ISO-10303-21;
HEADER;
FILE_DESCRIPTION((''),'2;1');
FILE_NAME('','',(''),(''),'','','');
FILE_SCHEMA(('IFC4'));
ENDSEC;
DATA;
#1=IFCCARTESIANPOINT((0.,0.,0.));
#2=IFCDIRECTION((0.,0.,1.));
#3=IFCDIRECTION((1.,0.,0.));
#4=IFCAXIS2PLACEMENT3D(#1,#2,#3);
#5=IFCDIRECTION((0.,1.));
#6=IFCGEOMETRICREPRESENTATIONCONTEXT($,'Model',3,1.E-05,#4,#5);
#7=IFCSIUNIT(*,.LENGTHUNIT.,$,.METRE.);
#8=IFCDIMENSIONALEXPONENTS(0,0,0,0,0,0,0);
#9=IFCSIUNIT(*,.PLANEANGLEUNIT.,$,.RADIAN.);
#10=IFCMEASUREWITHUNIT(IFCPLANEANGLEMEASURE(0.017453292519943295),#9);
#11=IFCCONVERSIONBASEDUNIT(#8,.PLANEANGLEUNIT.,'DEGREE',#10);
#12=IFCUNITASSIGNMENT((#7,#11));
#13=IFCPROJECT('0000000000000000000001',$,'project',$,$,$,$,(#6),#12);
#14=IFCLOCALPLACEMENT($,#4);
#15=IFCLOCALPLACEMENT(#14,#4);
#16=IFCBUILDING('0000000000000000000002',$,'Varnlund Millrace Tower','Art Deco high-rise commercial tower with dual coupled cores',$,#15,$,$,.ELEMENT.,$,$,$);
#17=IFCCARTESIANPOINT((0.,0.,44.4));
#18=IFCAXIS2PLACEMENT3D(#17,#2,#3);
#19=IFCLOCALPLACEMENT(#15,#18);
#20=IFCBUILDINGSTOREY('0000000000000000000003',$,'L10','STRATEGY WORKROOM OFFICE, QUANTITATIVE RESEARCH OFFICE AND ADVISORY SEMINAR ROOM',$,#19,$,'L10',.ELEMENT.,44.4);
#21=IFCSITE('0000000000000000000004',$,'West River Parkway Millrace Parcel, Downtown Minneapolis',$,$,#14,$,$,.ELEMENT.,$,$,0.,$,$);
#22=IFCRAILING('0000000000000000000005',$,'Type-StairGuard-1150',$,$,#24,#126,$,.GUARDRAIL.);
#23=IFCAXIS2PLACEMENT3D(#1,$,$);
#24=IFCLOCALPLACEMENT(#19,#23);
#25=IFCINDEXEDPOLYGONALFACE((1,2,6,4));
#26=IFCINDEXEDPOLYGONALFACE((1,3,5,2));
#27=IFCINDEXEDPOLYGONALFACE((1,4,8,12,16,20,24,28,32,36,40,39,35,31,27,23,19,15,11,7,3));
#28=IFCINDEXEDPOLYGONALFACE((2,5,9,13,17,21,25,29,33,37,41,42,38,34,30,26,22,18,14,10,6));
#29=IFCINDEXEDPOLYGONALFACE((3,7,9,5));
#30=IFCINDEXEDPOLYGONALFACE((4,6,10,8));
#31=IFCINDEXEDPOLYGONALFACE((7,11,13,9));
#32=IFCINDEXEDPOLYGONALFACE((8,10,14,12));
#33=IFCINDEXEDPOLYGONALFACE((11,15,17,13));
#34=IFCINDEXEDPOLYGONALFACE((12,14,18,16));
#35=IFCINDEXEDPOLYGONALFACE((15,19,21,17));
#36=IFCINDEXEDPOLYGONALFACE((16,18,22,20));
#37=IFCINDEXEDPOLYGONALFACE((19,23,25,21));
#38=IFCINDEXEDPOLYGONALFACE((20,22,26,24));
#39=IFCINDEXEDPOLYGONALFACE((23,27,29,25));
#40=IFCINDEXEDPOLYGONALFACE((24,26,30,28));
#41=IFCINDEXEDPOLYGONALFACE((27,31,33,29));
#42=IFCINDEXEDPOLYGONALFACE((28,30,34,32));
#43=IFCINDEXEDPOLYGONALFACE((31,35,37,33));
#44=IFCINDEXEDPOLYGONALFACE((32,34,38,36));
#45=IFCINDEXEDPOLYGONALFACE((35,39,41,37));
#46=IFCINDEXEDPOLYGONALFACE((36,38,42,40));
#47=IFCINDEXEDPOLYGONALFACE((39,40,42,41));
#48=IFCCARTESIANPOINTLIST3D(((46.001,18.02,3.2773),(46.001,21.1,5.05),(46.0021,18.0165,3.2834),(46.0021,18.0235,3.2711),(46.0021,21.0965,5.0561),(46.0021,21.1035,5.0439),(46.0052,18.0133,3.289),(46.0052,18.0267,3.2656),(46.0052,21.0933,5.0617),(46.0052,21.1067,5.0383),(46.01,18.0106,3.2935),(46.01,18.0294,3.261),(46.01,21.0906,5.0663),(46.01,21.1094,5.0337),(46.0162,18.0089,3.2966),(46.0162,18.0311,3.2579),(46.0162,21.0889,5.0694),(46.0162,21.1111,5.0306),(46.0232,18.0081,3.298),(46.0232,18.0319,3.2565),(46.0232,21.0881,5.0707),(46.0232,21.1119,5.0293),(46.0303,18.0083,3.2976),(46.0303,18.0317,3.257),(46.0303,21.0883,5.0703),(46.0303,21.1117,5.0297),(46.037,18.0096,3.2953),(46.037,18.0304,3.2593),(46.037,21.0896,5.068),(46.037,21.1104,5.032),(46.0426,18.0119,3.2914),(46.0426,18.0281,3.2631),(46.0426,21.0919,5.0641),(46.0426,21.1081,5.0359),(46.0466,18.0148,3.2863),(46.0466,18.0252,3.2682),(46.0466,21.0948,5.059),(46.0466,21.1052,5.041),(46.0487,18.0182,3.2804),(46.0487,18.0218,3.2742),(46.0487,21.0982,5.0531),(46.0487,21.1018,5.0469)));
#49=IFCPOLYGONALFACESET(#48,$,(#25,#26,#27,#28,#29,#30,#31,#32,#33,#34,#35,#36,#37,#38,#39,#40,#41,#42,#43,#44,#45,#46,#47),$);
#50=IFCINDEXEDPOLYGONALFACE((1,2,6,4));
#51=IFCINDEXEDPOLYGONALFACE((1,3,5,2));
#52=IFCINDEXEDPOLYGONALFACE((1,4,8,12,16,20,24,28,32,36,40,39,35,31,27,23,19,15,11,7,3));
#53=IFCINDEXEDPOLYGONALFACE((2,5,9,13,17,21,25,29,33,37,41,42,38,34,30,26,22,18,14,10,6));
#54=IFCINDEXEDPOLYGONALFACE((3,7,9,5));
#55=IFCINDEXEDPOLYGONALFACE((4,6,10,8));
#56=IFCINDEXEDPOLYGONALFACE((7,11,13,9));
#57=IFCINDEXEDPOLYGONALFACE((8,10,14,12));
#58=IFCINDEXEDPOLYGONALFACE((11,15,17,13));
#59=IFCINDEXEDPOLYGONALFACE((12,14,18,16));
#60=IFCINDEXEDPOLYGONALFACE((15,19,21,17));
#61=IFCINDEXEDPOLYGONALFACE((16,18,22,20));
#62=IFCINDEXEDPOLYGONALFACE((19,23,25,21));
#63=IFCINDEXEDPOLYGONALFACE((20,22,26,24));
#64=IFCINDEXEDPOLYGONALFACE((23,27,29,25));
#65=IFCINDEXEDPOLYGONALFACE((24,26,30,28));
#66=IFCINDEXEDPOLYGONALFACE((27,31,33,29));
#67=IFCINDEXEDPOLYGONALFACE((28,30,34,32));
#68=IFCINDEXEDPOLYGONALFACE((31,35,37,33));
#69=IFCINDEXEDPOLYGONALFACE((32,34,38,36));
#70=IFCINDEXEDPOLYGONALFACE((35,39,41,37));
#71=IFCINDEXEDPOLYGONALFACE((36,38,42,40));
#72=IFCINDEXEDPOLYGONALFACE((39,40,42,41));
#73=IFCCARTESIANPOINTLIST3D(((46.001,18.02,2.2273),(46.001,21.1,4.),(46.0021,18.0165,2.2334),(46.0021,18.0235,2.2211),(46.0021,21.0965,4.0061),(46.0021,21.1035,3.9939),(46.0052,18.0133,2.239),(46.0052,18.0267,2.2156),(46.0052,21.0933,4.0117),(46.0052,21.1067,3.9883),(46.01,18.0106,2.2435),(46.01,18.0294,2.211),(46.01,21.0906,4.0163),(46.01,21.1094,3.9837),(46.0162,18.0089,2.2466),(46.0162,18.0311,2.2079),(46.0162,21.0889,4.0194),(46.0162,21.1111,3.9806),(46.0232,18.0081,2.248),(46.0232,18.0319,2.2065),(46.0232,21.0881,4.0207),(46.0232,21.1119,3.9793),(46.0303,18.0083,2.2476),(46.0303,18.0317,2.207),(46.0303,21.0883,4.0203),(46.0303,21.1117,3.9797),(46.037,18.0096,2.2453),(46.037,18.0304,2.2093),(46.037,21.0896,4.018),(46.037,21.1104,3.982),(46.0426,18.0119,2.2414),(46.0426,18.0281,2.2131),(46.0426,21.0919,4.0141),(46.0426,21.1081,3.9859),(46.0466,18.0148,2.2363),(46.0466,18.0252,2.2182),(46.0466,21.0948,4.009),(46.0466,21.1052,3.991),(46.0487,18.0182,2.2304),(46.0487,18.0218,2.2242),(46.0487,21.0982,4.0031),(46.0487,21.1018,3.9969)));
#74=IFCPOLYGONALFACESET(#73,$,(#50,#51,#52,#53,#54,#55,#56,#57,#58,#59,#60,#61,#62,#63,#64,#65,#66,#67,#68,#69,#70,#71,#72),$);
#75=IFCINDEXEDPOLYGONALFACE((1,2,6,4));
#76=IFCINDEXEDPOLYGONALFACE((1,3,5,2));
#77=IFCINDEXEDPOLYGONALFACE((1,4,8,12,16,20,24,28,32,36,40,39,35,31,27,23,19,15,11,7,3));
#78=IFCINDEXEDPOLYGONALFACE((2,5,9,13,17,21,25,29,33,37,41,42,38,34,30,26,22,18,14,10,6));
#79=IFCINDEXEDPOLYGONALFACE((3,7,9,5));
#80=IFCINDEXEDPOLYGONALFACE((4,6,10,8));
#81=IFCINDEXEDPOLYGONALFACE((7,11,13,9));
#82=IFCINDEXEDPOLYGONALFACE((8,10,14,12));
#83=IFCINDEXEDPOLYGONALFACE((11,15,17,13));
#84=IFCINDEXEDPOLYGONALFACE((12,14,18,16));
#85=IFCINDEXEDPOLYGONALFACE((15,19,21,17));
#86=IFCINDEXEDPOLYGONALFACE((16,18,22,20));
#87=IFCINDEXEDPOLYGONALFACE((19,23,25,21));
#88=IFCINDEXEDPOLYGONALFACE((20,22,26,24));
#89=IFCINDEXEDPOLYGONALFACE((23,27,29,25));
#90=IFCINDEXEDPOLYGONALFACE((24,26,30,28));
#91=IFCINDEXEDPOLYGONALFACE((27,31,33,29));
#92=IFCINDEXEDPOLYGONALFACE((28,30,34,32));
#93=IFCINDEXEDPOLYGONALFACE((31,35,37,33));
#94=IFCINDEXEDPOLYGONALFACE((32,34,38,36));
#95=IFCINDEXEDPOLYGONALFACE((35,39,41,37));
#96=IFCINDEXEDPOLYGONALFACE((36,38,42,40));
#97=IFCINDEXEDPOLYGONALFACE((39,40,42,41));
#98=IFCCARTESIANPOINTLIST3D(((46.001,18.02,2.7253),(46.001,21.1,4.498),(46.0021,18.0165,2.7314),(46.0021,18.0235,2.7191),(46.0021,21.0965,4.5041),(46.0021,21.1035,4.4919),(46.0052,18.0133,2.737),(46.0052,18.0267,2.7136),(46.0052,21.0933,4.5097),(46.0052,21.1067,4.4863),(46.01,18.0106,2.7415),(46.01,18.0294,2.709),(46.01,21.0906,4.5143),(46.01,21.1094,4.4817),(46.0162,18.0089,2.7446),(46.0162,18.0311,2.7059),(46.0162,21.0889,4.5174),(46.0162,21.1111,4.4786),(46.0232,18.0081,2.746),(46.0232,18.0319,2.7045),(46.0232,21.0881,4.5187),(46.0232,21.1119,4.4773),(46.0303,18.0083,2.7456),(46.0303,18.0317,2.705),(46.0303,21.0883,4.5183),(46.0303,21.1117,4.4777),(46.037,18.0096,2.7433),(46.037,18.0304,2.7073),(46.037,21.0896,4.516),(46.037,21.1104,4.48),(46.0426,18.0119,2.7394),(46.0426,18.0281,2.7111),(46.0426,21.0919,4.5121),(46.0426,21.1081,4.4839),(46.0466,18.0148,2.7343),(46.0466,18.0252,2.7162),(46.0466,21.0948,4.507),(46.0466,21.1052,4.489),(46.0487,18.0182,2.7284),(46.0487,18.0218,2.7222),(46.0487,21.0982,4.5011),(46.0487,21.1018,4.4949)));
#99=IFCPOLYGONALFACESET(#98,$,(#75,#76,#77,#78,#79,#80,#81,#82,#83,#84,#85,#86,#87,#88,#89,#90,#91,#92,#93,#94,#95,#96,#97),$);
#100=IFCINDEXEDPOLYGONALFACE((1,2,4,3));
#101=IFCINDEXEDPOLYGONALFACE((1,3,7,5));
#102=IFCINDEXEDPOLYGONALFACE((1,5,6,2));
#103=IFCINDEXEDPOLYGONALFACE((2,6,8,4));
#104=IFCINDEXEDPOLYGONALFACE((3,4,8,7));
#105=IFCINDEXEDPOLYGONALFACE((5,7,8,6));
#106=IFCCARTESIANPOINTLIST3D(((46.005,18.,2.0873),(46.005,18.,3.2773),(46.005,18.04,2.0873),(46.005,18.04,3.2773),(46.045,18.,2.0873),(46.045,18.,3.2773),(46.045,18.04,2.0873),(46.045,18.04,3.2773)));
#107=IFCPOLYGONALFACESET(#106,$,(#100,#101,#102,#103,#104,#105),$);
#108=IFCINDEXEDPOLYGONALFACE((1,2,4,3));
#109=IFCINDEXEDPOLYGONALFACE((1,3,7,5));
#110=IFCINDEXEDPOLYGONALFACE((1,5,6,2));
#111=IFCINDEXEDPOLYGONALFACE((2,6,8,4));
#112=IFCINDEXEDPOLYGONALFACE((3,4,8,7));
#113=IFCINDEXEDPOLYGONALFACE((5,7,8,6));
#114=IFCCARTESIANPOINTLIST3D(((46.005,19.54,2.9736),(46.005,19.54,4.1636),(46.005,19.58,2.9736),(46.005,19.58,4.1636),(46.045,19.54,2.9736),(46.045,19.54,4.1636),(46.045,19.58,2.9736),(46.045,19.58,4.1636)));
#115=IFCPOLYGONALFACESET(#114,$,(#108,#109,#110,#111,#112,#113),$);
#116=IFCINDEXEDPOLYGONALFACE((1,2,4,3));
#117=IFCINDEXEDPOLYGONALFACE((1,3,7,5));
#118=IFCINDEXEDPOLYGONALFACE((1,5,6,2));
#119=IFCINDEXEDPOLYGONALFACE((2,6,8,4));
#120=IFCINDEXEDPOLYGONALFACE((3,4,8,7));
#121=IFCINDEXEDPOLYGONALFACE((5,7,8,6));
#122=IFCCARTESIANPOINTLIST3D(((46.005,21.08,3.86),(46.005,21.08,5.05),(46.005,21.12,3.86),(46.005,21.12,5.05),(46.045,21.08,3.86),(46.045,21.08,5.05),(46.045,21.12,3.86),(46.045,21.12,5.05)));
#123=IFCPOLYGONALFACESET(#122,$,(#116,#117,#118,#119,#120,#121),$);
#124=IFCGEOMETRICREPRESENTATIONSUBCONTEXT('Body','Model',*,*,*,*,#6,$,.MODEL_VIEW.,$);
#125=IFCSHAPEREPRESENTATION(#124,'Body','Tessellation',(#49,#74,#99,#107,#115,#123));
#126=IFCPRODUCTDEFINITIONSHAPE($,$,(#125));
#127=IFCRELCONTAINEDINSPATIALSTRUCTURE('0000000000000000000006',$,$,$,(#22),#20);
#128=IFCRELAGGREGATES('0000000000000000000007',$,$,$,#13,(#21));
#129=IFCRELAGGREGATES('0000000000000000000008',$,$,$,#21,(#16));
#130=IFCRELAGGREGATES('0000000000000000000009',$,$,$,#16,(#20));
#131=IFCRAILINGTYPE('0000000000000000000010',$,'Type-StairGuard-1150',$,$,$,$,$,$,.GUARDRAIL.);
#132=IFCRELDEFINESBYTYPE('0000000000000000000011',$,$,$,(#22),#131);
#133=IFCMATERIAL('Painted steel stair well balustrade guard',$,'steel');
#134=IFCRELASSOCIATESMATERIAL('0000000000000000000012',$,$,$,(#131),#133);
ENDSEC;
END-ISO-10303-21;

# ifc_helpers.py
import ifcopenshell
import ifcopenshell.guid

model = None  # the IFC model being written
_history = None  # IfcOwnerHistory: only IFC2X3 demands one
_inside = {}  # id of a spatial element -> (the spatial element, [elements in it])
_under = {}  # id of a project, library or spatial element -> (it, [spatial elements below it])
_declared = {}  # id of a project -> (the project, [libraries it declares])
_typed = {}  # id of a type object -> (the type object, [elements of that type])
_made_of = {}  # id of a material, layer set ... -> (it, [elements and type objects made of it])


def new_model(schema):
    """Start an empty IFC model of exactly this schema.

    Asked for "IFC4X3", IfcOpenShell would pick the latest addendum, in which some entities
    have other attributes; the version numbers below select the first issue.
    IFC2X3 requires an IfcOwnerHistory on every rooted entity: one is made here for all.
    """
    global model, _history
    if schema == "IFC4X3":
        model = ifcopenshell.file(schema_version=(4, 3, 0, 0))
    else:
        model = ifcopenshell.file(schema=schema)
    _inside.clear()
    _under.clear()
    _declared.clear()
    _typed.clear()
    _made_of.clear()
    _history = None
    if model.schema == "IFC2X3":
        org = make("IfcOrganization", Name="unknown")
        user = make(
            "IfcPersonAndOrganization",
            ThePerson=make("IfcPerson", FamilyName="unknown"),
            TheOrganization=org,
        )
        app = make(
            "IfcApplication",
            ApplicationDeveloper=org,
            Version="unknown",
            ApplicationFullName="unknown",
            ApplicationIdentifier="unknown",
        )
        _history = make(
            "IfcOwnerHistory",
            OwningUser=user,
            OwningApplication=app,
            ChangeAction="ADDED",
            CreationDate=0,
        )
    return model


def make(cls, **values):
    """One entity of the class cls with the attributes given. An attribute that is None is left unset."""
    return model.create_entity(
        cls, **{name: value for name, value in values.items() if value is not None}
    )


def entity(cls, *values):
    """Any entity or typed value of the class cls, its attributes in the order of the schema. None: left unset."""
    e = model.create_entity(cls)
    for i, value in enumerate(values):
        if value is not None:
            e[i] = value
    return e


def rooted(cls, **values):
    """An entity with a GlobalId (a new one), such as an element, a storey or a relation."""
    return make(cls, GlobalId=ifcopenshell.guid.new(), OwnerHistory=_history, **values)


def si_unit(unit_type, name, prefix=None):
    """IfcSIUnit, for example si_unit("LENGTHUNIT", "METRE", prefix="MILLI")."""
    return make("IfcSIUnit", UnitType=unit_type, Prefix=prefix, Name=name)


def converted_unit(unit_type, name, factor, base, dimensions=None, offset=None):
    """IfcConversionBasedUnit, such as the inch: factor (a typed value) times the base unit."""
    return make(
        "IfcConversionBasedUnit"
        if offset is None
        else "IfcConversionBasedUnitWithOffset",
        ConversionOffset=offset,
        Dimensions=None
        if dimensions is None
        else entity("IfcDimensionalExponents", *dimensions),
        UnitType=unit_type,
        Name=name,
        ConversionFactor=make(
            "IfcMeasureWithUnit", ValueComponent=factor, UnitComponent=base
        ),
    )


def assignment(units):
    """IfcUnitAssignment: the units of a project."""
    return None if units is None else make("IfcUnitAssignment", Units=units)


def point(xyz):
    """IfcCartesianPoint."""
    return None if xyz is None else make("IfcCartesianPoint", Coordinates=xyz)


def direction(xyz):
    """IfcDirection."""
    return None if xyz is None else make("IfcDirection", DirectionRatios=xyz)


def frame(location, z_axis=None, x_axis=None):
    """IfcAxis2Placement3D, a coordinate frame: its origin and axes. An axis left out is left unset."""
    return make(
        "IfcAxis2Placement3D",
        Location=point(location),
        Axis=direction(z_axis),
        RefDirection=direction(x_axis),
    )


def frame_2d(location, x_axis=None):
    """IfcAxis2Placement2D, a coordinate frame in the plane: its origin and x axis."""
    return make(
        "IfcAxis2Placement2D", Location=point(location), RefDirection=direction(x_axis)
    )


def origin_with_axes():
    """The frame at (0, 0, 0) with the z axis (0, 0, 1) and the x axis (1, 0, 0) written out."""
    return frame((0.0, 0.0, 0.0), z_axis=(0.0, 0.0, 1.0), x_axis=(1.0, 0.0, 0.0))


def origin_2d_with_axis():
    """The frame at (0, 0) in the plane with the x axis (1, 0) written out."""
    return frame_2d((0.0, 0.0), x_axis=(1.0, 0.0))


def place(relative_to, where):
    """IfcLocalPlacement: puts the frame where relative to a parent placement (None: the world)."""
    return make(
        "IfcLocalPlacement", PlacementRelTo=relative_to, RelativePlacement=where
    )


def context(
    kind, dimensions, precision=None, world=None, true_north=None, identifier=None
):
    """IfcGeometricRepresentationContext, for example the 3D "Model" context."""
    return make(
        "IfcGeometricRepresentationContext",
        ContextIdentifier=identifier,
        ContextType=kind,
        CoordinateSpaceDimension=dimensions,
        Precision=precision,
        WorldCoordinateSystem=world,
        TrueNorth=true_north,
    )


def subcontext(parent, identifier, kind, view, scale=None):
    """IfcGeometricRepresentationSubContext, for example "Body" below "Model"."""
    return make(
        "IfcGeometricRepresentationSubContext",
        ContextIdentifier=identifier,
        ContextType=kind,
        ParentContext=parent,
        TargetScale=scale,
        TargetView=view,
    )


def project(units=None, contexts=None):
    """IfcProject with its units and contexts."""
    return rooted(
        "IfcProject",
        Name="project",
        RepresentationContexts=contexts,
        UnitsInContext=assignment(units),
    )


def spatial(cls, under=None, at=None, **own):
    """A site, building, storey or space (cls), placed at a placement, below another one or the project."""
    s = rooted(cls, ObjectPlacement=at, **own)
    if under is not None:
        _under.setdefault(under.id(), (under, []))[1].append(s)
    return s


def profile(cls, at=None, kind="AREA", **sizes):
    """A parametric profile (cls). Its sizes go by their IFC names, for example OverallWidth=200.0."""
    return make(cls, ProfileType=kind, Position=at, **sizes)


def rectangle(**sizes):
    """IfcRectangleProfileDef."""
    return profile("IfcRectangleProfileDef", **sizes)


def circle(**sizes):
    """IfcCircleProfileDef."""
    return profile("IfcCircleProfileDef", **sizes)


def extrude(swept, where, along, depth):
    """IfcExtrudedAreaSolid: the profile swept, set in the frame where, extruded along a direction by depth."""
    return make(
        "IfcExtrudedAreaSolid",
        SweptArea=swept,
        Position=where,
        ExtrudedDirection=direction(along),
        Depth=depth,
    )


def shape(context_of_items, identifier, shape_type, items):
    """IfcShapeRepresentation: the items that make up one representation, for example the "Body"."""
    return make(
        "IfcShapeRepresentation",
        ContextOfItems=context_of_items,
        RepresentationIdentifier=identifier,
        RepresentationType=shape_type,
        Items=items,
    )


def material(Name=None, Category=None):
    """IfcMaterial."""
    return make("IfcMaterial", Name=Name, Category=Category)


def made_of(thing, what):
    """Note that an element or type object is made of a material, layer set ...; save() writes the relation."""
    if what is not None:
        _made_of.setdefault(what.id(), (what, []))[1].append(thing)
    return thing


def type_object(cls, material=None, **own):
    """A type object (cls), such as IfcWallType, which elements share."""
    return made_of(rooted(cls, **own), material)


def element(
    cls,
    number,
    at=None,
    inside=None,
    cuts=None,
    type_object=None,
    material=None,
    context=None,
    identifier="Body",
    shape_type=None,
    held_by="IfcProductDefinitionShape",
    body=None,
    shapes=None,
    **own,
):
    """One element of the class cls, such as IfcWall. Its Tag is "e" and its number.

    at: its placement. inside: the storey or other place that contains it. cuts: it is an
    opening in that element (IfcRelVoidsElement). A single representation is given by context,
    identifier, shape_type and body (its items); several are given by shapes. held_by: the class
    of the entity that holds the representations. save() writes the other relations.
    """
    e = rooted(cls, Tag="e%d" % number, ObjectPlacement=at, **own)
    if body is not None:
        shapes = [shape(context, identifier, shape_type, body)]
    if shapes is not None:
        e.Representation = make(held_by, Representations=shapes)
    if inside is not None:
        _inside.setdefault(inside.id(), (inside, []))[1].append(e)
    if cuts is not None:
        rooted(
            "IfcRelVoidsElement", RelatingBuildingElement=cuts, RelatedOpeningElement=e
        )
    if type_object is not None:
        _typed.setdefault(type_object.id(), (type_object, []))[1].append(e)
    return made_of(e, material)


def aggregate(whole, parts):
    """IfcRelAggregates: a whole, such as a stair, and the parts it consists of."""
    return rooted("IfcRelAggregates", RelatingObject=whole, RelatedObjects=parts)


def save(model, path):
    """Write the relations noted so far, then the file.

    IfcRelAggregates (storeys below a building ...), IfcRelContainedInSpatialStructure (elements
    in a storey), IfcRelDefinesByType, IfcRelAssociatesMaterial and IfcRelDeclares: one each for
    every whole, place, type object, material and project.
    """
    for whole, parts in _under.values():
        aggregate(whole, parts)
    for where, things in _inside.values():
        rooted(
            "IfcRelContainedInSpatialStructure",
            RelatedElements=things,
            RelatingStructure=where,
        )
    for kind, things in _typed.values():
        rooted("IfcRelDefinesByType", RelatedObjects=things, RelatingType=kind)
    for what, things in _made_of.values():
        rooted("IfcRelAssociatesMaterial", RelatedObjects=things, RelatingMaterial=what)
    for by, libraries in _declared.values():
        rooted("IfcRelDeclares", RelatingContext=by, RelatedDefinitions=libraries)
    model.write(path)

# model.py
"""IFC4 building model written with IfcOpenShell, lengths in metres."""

from ifc_helpers import new_model, entity, si_unit, converted_unit, direction, frame, origin_with_axes, origin_2d_with_axis, place, context, subcontext, project, spatial, rectangle, circle, extrude, material, type_object, element, save


model = new_model("IFC4")

# Units and contexts
model_context = context("Model", 3, precision=1e-05, world=origin_with_axes(), true_north=direction((0.0, 1.0)))
body_context = subcontext(model_context, "Body", "Model", "MODEL_VIEW")
ifc_project = project(units=[si_unit("LENGTHUNIT", "METRE"), converted_unit("PLANEANGLEUNIT", "DEGREE", entity("IfcPlaneAngleMeasure", 0.017453292519943295), si_unit("PLANEANGLEUNIT", "RADIAN"), dimensions=[0, 0, 0, 0, 0, 0, 0])], contexts=[model_context])

# Site, building, storey
site_placement = place(None, origin_with_axes())
site = spatial("IfcSite", under=ifc_project, at=site_placement, Name="West River Parkway Millrace Parcel, Downtown Minneapolis", CompositionType="ELEMENT", RefElevation=0.0)
building_placement = place(site_placement, origin_with_axes())
building = spatial("IfcBuilding", under=site, at=building_placement, Name="Varnlund Millrace Tower", Description="Art Deco high-rise commercial tower with dual coupled cores", CompositionType="ELEMENT")
storey_placement = place(building_placement, frame((0.0, 0.0, 44.4), z_axis=(0.0, 0.0, 1.0), x_axis=(1.0, 0.0, 0.0)))
storey = spatial("IfcBuildingStorey", under=building, at=storey_placement, Name="L10", Description="STRATEGY WORKROOM OFFICE, QUANTITATIVE RESEARCH OFFICE AND ADVISORY SEMINAR ROOM", LongName="L10", CompositionType="ELEMENT", Elevation=44.4)

# Railing
ifc_material_1 = material(Name="Painted steel stair well balustrade guard", Category="steel")
railing_type_1 = type_object("IfcRailingType", Name="Type-StairGuard-1150", PredefinedType="GUARDRAIL", material=ifc_material_1)
railing_1_placement = place(storey_placement, frame((0.0, 0.0, -44.4), z_axis=(0.0, 0.0, 1.0), x_axis=(1.0, 0.0, 0.0)))
element("IfcRailing", 1, at=railing_1_placement, inside=storey, type_object=railing_type_1, Name="Type-StairGuard-1150", PredefinedType="GUARDRAIL", context=body_context, shape_type="SweptSolid", body=[
    extrude(circle(Radius=0.024, at=origin_2d_with_axis()), frame((46.025, 18.02, 47.6773), z_axis=(0.0, 0.866696, 0.498836), x_axis=(-1.0, 0.0, 0.0)), (0.0, 0.0, 1.0), 3.5537),
    extrude(circle(Radius=0.024, at=origin_2d_with_axis()), frame((46.025, 18.02, 46.6273), z_axis=(0.0, 0.866696, 0.498836), x_axis=(-1.0, 0.0, 0.0)), (0.0, 0.0, 1.0), 3.5537),
    extrude(circle(Radius=0.024, at=origin_2d_with_axis()), frame((46.025, 18.02, 47.1253), z_axis=(0.0, 0.866696, 0.498836), x_axis=(-1.0, 0.0, 0.0)), (0.0, 0.0, 1.0), 3.5537),
    extrude(rectangle(XDim=0.04, YDim=0.04, at=origin_2d_with_axis()), frame((46.025, 18.02, 46.4873), z_axis=(0.0, 0.0, 1.0), x_axis=(1.0, 0.0, 0.0)), (0.0, 0.0, 1.0), 1.19),
    extrude(rectangle(XDim=0.04, YDim=0.04, at=origin_2d_with_axis()), frame((46.025, 19.56, 47.3736), z_axis=(0.0, 0.0, 1.0), x_axis=(1.0, 0.0, 0.0)), (0.0, 0.0, 1.0), 1.19),
    extrude(rectangle(XDim=0.04, YDim=0.04, at=origin_2d_with_axis()), frame((46.025, 21.1, 48.26), z_axis=(0.0, 0.0, 1.0), x_axis=(1.0, 0.0, 0.0)), (0.0, 0.0, 1.0), 1.19),
])

save(model, "model.ifc")
